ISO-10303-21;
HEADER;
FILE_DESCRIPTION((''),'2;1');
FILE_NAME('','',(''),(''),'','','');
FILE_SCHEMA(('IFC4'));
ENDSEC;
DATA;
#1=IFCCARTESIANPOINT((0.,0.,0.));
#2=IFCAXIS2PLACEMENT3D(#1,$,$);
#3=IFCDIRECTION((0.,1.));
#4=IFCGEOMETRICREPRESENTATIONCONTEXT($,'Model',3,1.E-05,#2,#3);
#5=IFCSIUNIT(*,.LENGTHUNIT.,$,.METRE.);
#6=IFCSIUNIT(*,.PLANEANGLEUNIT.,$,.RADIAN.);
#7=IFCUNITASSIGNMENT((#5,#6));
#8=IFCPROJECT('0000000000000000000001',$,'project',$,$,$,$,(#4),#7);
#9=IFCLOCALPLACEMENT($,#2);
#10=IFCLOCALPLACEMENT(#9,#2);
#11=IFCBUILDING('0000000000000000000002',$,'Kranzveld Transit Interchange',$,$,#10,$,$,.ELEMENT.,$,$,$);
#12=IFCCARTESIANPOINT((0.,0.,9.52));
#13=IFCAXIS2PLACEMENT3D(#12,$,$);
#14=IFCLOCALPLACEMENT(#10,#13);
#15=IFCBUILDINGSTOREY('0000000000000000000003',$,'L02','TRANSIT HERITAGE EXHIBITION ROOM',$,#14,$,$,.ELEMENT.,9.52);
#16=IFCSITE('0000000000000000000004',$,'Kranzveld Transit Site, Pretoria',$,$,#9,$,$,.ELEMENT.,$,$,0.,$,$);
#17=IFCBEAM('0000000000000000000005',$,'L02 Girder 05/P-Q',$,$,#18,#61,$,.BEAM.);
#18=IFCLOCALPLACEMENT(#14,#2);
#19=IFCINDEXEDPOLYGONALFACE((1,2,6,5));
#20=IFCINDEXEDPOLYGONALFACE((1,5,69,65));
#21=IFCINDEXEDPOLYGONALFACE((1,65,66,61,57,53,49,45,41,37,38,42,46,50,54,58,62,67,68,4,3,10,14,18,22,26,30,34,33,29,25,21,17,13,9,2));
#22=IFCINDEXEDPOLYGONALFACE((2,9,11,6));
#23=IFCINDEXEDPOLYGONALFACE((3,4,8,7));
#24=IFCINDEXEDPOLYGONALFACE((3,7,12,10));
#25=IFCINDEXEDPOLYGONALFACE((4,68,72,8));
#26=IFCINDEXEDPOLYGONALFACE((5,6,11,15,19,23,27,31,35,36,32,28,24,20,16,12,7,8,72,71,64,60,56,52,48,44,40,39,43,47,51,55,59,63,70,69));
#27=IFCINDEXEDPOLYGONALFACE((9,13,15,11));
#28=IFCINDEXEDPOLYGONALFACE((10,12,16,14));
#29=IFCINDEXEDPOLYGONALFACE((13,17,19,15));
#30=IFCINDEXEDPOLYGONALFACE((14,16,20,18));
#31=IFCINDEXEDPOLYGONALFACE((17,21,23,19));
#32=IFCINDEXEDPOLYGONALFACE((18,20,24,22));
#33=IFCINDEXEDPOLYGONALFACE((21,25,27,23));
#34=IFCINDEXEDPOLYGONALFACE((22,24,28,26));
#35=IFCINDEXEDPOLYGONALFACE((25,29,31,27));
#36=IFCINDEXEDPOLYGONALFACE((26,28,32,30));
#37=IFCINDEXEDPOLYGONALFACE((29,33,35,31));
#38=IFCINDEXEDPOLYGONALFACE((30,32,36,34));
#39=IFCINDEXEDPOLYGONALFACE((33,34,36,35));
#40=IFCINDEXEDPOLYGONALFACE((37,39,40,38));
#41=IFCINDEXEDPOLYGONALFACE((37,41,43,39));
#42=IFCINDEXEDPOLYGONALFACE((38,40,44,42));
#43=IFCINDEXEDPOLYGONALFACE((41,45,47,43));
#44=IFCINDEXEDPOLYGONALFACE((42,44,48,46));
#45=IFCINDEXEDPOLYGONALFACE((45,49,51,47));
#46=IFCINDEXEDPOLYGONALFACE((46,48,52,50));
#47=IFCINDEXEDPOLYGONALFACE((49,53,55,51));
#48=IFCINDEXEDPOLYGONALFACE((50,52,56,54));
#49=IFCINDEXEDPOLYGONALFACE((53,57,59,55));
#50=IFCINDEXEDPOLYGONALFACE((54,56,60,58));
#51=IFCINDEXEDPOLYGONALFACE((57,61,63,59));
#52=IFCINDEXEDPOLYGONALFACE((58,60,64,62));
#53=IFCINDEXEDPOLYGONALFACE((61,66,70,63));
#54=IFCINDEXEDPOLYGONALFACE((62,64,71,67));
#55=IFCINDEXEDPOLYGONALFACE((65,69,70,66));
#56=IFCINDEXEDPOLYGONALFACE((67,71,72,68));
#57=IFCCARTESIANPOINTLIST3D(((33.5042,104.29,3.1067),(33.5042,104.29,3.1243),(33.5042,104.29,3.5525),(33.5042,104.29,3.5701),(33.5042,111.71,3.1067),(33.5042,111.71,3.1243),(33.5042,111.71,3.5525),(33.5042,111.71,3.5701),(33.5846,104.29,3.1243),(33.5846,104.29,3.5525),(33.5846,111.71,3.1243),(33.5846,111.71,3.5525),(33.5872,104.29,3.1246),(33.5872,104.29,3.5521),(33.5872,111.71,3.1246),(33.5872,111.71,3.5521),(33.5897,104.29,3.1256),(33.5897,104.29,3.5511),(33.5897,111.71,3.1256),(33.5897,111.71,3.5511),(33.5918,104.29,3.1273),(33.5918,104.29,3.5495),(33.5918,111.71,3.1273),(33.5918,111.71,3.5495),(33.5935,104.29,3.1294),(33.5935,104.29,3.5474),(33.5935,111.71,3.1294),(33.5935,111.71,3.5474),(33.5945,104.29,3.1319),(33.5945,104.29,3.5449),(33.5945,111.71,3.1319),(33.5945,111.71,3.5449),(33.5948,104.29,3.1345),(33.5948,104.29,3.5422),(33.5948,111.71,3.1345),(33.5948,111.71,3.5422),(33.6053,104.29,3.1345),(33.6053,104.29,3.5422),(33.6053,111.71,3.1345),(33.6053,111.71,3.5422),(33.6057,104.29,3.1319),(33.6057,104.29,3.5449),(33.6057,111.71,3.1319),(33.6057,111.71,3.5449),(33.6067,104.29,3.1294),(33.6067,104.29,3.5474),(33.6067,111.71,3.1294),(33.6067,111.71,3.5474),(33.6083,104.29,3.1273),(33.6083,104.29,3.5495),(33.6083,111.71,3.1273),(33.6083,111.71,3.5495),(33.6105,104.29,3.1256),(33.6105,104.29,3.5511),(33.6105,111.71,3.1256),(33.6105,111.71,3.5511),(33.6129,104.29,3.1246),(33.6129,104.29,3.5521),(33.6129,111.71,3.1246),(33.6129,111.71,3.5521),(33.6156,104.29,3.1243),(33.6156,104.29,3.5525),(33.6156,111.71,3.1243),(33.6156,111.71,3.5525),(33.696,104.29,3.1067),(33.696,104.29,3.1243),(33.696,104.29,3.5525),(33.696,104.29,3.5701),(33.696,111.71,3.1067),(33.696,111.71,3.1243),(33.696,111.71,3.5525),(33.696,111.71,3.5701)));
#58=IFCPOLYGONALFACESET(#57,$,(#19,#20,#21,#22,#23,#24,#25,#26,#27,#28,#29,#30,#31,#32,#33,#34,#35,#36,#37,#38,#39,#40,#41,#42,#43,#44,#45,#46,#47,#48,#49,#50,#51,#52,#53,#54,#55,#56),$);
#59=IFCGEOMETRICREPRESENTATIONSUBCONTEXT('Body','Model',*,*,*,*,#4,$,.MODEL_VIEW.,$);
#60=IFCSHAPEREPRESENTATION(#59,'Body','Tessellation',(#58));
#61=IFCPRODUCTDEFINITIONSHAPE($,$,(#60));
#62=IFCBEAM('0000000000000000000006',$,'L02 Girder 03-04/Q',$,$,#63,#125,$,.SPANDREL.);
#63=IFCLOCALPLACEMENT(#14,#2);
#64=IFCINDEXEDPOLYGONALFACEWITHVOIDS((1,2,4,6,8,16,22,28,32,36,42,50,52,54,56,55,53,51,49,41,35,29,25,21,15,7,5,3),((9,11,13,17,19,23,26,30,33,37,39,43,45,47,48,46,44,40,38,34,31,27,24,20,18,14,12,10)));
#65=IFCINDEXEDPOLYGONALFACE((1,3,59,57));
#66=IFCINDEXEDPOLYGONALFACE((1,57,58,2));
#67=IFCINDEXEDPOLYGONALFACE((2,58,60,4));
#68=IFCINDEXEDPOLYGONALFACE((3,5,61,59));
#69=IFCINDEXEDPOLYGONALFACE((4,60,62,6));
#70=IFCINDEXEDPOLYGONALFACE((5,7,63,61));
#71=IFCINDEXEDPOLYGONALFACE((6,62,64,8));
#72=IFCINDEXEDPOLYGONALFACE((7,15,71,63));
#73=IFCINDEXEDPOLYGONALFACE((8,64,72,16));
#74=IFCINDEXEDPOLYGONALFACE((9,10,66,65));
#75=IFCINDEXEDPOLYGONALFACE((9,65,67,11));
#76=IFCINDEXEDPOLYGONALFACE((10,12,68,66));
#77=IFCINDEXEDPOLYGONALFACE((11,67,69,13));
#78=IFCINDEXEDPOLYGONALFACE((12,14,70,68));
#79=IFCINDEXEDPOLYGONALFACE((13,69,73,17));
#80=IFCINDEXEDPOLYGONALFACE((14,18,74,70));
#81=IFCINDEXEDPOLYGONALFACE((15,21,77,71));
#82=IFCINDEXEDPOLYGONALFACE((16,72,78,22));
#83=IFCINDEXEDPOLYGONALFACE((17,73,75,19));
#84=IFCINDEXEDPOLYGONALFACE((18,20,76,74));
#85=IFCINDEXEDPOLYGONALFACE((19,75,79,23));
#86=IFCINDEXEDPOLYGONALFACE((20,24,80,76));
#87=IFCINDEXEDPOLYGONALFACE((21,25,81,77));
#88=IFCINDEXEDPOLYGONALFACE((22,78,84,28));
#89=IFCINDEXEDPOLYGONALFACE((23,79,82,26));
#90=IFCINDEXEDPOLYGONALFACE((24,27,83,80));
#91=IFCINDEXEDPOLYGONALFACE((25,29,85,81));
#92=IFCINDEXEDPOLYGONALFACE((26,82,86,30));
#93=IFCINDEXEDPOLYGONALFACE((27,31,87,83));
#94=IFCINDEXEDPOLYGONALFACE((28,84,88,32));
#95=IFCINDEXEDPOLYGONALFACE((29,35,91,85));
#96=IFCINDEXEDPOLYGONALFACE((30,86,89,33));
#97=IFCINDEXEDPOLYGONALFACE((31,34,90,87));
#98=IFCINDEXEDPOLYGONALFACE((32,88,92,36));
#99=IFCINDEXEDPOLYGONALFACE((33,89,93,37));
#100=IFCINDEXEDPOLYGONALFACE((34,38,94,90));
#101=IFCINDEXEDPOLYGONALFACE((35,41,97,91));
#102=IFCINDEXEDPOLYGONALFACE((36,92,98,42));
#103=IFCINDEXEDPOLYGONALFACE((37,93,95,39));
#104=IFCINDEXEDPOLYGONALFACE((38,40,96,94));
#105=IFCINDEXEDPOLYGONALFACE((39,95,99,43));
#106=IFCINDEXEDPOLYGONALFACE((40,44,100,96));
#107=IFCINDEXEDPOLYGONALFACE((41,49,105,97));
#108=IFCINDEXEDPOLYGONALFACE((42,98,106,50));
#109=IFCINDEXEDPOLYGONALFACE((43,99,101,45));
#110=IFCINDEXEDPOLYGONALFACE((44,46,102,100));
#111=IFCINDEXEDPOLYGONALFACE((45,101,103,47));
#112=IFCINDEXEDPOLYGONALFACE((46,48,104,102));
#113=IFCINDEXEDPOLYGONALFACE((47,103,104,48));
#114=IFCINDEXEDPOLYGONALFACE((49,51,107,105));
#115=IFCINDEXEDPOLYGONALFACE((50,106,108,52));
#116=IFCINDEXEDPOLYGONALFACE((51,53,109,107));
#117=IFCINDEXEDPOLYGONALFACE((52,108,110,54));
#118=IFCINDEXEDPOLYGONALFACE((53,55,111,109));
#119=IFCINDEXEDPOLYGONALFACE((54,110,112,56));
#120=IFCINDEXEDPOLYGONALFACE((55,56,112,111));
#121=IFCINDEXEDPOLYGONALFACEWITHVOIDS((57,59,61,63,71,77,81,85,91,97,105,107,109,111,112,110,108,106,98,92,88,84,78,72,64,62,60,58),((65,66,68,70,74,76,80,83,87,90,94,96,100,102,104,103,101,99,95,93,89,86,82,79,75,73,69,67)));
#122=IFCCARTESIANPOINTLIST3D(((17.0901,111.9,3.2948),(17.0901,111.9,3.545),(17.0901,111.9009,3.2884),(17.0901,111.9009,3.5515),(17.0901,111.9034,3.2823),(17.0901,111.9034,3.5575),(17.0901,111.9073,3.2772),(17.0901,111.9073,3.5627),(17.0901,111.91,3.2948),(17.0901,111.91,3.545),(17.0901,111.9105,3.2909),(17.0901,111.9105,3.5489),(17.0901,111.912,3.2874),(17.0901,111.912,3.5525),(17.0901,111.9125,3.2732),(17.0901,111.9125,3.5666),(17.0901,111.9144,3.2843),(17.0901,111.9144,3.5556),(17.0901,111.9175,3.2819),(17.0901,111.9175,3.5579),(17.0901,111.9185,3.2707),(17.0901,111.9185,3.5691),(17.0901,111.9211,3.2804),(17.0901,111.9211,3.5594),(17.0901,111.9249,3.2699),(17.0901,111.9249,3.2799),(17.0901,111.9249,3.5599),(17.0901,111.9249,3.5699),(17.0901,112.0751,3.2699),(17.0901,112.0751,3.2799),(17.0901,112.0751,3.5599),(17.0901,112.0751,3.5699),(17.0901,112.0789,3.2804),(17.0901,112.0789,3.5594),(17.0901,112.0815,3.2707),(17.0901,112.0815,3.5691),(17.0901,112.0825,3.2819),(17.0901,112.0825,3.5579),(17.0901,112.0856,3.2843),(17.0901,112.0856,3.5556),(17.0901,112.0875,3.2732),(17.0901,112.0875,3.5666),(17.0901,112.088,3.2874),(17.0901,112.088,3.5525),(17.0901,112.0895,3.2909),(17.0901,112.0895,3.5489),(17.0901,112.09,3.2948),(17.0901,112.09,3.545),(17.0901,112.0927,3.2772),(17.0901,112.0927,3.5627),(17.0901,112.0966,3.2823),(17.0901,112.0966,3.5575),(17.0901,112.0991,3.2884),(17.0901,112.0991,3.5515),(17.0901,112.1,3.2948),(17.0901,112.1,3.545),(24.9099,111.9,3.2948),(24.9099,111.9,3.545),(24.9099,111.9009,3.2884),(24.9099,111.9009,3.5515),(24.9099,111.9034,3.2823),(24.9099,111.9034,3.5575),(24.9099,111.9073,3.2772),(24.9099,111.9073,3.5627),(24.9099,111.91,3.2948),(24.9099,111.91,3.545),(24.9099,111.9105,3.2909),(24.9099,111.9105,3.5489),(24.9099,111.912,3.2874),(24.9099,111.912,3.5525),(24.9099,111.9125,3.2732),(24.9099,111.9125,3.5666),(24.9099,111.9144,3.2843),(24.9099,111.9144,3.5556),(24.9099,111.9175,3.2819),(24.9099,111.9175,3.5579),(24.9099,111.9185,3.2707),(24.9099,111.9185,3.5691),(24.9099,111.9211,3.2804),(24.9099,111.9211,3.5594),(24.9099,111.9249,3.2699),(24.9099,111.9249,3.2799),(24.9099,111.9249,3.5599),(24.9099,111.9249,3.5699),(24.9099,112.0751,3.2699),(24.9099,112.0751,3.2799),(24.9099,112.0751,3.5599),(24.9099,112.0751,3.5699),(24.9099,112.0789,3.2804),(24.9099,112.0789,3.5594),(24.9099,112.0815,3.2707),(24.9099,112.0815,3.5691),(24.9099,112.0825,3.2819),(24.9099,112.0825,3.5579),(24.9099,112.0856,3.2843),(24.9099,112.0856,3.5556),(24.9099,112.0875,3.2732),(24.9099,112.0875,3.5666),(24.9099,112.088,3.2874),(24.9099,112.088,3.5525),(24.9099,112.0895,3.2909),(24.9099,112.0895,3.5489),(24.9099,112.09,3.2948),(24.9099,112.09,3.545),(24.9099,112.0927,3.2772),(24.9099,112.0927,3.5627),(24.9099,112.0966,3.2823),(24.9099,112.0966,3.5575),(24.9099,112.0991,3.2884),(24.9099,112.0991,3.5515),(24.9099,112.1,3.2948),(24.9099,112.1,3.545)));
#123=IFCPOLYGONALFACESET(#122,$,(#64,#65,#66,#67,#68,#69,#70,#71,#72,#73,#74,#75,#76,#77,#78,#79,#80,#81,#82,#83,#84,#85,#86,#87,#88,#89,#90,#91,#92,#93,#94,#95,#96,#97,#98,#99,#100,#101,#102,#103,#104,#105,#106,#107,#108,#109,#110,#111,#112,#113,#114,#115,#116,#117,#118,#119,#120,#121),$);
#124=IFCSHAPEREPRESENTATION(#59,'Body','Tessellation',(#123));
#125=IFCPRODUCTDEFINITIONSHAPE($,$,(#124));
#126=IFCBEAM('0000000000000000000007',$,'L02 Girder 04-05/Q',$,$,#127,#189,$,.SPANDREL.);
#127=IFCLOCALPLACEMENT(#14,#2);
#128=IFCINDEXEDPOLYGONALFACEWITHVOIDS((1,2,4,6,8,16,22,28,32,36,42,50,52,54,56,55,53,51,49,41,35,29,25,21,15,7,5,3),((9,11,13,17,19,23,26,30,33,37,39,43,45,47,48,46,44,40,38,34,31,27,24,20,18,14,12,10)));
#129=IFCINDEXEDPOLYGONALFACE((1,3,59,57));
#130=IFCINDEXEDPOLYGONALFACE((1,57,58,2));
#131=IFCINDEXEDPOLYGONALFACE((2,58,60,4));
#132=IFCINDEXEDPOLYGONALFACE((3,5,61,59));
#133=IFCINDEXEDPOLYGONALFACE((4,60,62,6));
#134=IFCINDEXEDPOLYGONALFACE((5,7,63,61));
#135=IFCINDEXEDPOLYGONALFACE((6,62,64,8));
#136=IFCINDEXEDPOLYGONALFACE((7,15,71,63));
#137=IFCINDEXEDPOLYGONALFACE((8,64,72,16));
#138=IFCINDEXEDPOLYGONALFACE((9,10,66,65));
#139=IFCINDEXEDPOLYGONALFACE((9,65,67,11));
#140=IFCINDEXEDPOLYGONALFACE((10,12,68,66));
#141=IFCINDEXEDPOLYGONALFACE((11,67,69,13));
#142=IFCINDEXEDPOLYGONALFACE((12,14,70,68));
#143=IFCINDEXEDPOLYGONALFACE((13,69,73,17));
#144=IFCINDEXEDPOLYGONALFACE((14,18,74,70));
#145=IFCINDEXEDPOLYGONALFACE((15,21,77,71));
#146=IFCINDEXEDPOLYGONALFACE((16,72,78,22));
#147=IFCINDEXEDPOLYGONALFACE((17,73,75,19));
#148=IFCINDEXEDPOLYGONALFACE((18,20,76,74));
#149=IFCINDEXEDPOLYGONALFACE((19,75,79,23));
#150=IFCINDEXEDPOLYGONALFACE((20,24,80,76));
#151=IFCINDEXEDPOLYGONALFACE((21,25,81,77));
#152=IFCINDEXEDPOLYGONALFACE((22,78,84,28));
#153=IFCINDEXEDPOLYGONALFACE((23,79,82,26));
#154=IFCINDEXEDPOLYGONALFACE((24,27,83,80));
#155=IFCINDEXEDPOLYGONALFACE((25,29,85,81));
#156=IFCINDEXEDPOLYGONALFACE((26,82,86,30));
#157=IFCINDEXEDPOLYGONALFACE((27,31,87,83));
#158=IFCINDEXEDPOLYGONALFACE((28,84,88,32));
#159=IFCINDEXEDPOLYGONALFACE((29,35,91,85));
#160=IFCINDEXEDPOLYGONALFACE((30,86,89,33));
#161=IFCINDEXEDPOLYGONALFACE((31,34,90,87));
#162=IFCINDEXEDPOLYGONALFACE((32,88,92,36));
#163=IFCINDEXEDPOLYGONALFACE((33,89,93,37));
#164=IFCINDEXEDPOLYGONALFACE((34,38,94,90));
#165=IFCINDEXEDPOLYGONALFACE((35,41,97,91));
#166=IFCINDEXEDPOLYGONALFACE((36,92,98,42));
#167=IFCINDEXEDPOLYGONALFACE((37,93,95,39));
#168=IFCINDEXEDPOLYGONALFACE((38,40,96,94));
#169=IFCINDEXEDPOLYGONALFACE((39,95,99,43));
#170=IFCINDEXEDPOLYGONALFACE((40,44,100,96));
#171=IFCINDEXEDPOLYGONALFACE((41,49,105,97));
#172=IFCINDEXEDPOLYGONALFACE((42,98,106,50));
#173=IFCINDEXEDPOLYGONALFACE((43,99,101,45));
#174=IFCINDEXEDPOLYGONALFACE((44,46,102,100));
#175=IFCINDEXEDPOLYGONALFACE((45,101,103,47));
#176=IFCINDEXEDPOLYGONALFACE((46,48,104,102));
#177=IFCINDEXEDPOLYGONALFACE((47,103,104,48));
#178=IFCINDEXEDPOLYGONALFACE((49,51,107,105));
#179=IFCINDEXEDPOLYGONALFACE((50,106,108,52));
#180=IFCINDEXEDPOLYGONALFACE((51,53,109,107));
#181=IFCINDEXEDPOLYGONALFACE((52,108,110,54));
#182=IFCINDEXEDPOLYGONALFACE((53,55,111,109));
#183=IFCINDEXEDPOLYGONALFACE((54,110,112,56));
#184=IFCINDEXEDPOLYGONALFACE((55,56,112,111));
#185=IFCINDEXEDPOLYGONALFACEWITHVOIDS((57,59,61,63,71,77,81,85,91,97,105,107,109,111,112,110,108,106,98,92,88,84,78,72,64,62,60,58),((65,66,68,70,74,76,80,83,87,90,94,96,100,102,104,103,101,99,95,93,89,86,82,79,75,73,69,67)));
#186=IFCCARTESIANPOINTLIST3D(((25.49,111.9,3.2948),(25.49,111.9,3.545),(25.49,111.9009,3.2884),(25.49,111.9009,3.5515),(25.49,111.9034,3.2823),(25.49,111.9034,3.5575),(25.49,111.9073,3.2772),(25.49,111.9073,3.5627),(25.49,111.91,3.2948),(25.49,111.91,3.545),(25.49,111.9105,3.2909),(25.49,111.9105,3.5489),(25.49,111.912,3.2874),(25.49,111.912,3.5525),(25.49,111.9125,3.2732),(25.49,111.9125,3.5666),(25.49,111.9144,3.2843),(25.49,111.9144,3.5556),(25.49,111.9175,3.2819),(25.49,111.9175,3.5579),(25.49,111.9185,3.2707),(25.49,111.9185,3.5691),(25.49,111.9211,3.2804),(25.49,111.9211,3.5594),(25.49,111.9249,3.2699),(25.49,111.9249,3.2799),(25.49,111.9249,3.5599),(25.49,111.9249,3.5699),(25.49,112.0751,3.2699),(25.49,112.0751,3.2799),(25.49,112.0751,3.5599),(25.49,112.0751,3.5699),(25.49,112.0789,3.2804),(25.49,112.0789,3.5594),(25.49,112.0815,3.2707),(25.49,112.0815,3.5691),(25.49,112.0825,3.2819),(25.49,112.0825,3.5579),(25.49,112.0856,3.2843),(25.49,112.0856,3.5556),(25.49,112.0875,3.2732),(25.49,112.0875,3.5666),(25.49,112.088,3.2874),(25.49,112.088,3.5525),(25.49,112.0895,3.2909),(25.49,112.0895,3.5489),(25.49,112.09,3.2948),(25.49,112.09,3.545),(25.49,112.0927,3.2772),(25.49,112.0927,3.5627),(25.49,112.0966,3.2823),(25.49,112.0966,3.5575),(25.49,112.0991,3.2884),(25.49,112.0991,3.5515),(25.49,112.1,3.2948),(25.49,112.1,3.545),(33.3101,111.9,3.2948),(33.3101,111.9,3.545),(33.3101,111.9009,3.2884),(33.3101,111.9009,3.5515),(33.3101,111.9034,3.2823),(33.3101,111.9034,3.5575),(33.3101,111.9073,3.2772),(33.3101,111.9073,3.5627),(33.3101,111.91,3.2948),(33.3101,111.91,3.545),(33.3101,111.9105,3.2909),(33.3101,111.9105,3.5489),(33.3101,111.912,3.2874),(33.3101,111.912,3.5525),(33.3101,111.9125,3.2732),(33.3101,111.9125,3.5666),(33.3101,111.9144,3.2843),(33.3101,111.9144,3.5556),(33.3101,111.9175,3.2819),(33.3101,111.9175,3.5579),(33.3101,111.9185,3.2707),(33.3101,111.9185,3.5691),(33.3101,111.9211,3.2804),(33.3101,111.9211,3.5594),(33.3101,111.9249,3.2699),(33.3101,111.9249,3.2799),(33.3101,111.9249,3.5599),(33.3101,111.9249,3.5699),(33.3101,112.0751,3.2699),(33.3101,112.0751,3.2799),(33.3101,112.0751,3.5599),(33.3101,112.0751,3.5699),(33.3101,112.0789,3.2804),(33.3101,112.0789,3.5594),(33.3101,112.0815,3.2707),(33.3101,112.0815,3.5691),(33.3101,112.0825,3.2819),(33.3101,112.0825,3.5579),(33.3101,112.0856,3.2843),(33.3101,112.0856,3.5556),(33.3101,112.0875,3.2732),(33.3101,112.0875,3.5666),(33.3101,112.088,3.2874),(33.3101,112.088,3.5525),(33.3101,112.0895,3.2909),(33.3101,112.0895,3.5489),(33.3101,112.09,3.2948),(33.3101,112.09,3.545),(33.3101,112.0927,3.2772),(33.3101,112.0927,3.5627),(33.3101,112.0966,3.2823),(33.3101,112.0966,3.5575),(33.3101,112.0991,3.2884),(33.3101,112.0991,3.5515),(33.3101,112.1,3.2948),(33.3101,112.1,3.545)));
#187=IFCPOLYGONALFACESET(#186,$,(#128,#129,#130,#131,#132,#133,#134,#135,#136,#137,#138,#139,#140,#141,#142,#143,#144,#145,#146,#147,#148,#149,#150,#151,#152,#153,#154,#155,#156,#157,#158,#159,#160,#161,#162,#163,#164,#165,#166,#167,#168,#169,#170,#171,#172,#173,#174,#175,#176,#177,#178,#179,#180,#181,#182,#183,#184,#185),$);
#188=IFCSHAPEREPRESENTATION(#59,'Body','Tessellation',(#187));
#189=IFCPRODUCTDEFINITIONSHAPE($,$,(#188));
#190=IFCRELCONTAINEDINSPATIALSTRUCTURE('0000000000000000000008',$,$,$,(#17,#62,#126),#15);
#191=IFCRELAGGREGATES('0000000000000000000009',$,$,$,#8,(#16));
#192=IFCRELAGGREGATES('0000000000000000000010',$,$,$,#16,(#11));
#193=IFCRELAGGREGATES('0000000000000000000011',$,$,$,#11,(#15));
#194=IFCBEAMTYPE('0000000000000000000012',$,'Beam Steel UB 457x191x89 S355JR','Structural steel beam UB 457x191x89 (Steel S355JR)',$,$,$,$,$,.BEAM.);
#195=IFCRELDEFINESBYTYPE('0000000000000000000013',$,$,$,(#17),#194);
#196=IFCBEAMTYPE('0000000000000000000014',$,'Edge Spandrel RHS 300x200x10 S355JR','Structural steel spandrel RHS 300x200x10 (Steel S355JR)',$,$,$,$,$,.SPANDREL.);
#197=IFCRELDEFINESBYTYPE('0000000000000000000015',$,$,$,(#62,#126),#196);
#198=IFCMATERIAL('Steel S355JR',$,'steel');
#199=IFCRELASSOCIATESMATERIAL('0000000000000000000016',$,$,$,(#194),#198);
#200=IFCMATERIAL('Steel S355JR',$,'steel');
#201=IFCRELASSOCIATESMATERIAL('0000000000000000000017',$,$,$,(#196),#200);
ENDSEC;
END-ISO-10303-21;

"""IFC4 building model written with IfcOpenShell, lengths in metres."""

from ifc_helpers import new_model, si_unit, direction, frame, origin, origin_2d, place, context, subcontext, project, spatial, hollow_rectangle, i_section, extrude, material, material_profile, profile_set, type_object, element, save


model = new_model("IFC4")

# Units and contexts
model_context = context("Model", 3, precision=1e-05, world=origin(), true_north=direction((0.0, 1.0)))
body_context = subcontext(model_context, "Body", "Model", "MODEL_VIEW")
ifc_project = project(units=[si_unit("LENGTHUNIT", "METRE"), si_unit("PLANEANGLEUNIT", "RADIAN")], contexts=[model_context])

# Site, building, storey
site_placement = place(None, origin())
site = spatial("IfcSite", under=ifc_project, at=site_placement, Name="Kranzveld Transit Site, Pretoria", CompositionType="ELEMENT", RefElevation=0.0)
building_placement = place(site_placement, origin())
building = spatial("IfcBuilding", under=site, at=building_placement, Name="Kranzveld Transit Interchange", CompositionType="ELEMENT")
storey_placement = place(building_placement, frame((0.0, 0.0, 9.52)))
storey = spatial("IfcBuildingStorey", under=building, at=storey_placement, Name="L02", Description="TRANSIT HERITAGE EXHIBITION ROOM", CompositionType="ELEMENT", Elevation=9.52)

# Beams
ifc_material_1 = material(Name="Steel S355JR", Category="steel")
ifc_material_profile_1 = material_profile(ifc_material_1, i_section(OverallWidth=0.1919, OverallDepth=0.4634, WebThickness=0.0105, FlangeThickness=0.0176, FilletRadius=0.0103, at=origin_2d()), Name="UB 457x191x89")
ifc_profile_set_1 = profile_set([ifc_material_profile_1], Name="Steel S355JR")
beam_type_1 = type_object("IfcBeamType", Name="Beam Steel UB 457x191x89 S355JR", Description="Structural steel beam UB 457x191x89 (Steel S355JR)", PredefinedType="BEAM", material=ifc_profile_set_1)
for number, where, z_axis, x_axis, name in (
    (1, (33.6001, 104.29, 3.3384), (0.0, 1.0, 0.0), (-1.0, 0.0, 0.0), "L02 Girder 05/P-Q"),
):
    element("IfcBeam", number, at=place(storey_placement, frame(where, z_axis=z_axis, x_axis=x_axis)), inside=storey, type_object=beam_type_1, Name=name, PredefinedType="BEAM", context=body_context, shape_type="SweptSolid", body=[
        extrude(i_section(OverallWidth=0.1919, OverallDepth=0.4634, WebThickness=0.0105, FlangeThickness=0.0176, FilletRadius=0.0103, at=origin_2d()), origin(), (0.0, 0.0, 1.0), 7.4199),
    ])
ifc_material_2 = material(Name="Steel S355JR", Category="steel")
ifc_material_profile_2 = material_profile(ifc_material_2, hollow_rectangle(XDim=0.2, YDim=0.3, WallThickness=0.01, InnerFilletRadius=0.0149, OuterFilletRadius=0.0249, at=origin_2d()), Name="RHS 300x200x10")
ifc_profile_set_2 = profile_set([ifc_material_profile_2], Name="Steel S355JR")
beam_type_2 = type_object("IfcBeamType", Name="Edge Spandrel RHS 300x200x10 S355JR", Description="Structural steel spandrel RHS 300x200x10 (Steel S355JR)", PredefinedType="SPANDREL", material=ifc_profile_set_2)
beam_1_placement = place(storey_placement, frame((17.0901, 112.0, 3.4199), z_axis=(1.0, 0.0, 0.0), x_axis=(0.0, 1.0, 0.0)))
element("IfcBeam", 2, at=beam_1_placement, inside=storey, type_object=beam_type_2, Name="L02 Girder 03-04/Q", PredefinedType="SPANDREL", context=body_context, shape_type="SweptSolid", body=[
    extrude(hollow_rectangle(XDim=0.2, YDim=0.3, WallThickness=0.01, InnerFilletRadius=0.0149, OuterFilletRadius=0.0249, at=origin_2d()), origin(), (0.0, 0.0, 1.0), 7.8198),
])
beam_2_placement = place(storey_placement, frame((25.49, 112.0, 3.4199), z_axis=(1.0, 0.0, 0.0), x_axis=(0.0, 1.0, 0.0)))
element("IfcBeam", 3, at=beam_2_placement, inside=storey, type_object=beam_type_2, Name="L02 Girder 04-05/Q", PredefinedType="SPANDREL", context=body_context, shape_type="SweptSolid", body=[
    extrude(hollow_rectangle(XDim=0.2, YDim=0.3, WallThickness=0.01, InnerFilletRadius=0.0149, OuterFilletRadius=0.0249, at=origin_2d()), origin(), (0.0, 0.0, 1.0), 7.8201),
])

save(model, "model.ifc")
